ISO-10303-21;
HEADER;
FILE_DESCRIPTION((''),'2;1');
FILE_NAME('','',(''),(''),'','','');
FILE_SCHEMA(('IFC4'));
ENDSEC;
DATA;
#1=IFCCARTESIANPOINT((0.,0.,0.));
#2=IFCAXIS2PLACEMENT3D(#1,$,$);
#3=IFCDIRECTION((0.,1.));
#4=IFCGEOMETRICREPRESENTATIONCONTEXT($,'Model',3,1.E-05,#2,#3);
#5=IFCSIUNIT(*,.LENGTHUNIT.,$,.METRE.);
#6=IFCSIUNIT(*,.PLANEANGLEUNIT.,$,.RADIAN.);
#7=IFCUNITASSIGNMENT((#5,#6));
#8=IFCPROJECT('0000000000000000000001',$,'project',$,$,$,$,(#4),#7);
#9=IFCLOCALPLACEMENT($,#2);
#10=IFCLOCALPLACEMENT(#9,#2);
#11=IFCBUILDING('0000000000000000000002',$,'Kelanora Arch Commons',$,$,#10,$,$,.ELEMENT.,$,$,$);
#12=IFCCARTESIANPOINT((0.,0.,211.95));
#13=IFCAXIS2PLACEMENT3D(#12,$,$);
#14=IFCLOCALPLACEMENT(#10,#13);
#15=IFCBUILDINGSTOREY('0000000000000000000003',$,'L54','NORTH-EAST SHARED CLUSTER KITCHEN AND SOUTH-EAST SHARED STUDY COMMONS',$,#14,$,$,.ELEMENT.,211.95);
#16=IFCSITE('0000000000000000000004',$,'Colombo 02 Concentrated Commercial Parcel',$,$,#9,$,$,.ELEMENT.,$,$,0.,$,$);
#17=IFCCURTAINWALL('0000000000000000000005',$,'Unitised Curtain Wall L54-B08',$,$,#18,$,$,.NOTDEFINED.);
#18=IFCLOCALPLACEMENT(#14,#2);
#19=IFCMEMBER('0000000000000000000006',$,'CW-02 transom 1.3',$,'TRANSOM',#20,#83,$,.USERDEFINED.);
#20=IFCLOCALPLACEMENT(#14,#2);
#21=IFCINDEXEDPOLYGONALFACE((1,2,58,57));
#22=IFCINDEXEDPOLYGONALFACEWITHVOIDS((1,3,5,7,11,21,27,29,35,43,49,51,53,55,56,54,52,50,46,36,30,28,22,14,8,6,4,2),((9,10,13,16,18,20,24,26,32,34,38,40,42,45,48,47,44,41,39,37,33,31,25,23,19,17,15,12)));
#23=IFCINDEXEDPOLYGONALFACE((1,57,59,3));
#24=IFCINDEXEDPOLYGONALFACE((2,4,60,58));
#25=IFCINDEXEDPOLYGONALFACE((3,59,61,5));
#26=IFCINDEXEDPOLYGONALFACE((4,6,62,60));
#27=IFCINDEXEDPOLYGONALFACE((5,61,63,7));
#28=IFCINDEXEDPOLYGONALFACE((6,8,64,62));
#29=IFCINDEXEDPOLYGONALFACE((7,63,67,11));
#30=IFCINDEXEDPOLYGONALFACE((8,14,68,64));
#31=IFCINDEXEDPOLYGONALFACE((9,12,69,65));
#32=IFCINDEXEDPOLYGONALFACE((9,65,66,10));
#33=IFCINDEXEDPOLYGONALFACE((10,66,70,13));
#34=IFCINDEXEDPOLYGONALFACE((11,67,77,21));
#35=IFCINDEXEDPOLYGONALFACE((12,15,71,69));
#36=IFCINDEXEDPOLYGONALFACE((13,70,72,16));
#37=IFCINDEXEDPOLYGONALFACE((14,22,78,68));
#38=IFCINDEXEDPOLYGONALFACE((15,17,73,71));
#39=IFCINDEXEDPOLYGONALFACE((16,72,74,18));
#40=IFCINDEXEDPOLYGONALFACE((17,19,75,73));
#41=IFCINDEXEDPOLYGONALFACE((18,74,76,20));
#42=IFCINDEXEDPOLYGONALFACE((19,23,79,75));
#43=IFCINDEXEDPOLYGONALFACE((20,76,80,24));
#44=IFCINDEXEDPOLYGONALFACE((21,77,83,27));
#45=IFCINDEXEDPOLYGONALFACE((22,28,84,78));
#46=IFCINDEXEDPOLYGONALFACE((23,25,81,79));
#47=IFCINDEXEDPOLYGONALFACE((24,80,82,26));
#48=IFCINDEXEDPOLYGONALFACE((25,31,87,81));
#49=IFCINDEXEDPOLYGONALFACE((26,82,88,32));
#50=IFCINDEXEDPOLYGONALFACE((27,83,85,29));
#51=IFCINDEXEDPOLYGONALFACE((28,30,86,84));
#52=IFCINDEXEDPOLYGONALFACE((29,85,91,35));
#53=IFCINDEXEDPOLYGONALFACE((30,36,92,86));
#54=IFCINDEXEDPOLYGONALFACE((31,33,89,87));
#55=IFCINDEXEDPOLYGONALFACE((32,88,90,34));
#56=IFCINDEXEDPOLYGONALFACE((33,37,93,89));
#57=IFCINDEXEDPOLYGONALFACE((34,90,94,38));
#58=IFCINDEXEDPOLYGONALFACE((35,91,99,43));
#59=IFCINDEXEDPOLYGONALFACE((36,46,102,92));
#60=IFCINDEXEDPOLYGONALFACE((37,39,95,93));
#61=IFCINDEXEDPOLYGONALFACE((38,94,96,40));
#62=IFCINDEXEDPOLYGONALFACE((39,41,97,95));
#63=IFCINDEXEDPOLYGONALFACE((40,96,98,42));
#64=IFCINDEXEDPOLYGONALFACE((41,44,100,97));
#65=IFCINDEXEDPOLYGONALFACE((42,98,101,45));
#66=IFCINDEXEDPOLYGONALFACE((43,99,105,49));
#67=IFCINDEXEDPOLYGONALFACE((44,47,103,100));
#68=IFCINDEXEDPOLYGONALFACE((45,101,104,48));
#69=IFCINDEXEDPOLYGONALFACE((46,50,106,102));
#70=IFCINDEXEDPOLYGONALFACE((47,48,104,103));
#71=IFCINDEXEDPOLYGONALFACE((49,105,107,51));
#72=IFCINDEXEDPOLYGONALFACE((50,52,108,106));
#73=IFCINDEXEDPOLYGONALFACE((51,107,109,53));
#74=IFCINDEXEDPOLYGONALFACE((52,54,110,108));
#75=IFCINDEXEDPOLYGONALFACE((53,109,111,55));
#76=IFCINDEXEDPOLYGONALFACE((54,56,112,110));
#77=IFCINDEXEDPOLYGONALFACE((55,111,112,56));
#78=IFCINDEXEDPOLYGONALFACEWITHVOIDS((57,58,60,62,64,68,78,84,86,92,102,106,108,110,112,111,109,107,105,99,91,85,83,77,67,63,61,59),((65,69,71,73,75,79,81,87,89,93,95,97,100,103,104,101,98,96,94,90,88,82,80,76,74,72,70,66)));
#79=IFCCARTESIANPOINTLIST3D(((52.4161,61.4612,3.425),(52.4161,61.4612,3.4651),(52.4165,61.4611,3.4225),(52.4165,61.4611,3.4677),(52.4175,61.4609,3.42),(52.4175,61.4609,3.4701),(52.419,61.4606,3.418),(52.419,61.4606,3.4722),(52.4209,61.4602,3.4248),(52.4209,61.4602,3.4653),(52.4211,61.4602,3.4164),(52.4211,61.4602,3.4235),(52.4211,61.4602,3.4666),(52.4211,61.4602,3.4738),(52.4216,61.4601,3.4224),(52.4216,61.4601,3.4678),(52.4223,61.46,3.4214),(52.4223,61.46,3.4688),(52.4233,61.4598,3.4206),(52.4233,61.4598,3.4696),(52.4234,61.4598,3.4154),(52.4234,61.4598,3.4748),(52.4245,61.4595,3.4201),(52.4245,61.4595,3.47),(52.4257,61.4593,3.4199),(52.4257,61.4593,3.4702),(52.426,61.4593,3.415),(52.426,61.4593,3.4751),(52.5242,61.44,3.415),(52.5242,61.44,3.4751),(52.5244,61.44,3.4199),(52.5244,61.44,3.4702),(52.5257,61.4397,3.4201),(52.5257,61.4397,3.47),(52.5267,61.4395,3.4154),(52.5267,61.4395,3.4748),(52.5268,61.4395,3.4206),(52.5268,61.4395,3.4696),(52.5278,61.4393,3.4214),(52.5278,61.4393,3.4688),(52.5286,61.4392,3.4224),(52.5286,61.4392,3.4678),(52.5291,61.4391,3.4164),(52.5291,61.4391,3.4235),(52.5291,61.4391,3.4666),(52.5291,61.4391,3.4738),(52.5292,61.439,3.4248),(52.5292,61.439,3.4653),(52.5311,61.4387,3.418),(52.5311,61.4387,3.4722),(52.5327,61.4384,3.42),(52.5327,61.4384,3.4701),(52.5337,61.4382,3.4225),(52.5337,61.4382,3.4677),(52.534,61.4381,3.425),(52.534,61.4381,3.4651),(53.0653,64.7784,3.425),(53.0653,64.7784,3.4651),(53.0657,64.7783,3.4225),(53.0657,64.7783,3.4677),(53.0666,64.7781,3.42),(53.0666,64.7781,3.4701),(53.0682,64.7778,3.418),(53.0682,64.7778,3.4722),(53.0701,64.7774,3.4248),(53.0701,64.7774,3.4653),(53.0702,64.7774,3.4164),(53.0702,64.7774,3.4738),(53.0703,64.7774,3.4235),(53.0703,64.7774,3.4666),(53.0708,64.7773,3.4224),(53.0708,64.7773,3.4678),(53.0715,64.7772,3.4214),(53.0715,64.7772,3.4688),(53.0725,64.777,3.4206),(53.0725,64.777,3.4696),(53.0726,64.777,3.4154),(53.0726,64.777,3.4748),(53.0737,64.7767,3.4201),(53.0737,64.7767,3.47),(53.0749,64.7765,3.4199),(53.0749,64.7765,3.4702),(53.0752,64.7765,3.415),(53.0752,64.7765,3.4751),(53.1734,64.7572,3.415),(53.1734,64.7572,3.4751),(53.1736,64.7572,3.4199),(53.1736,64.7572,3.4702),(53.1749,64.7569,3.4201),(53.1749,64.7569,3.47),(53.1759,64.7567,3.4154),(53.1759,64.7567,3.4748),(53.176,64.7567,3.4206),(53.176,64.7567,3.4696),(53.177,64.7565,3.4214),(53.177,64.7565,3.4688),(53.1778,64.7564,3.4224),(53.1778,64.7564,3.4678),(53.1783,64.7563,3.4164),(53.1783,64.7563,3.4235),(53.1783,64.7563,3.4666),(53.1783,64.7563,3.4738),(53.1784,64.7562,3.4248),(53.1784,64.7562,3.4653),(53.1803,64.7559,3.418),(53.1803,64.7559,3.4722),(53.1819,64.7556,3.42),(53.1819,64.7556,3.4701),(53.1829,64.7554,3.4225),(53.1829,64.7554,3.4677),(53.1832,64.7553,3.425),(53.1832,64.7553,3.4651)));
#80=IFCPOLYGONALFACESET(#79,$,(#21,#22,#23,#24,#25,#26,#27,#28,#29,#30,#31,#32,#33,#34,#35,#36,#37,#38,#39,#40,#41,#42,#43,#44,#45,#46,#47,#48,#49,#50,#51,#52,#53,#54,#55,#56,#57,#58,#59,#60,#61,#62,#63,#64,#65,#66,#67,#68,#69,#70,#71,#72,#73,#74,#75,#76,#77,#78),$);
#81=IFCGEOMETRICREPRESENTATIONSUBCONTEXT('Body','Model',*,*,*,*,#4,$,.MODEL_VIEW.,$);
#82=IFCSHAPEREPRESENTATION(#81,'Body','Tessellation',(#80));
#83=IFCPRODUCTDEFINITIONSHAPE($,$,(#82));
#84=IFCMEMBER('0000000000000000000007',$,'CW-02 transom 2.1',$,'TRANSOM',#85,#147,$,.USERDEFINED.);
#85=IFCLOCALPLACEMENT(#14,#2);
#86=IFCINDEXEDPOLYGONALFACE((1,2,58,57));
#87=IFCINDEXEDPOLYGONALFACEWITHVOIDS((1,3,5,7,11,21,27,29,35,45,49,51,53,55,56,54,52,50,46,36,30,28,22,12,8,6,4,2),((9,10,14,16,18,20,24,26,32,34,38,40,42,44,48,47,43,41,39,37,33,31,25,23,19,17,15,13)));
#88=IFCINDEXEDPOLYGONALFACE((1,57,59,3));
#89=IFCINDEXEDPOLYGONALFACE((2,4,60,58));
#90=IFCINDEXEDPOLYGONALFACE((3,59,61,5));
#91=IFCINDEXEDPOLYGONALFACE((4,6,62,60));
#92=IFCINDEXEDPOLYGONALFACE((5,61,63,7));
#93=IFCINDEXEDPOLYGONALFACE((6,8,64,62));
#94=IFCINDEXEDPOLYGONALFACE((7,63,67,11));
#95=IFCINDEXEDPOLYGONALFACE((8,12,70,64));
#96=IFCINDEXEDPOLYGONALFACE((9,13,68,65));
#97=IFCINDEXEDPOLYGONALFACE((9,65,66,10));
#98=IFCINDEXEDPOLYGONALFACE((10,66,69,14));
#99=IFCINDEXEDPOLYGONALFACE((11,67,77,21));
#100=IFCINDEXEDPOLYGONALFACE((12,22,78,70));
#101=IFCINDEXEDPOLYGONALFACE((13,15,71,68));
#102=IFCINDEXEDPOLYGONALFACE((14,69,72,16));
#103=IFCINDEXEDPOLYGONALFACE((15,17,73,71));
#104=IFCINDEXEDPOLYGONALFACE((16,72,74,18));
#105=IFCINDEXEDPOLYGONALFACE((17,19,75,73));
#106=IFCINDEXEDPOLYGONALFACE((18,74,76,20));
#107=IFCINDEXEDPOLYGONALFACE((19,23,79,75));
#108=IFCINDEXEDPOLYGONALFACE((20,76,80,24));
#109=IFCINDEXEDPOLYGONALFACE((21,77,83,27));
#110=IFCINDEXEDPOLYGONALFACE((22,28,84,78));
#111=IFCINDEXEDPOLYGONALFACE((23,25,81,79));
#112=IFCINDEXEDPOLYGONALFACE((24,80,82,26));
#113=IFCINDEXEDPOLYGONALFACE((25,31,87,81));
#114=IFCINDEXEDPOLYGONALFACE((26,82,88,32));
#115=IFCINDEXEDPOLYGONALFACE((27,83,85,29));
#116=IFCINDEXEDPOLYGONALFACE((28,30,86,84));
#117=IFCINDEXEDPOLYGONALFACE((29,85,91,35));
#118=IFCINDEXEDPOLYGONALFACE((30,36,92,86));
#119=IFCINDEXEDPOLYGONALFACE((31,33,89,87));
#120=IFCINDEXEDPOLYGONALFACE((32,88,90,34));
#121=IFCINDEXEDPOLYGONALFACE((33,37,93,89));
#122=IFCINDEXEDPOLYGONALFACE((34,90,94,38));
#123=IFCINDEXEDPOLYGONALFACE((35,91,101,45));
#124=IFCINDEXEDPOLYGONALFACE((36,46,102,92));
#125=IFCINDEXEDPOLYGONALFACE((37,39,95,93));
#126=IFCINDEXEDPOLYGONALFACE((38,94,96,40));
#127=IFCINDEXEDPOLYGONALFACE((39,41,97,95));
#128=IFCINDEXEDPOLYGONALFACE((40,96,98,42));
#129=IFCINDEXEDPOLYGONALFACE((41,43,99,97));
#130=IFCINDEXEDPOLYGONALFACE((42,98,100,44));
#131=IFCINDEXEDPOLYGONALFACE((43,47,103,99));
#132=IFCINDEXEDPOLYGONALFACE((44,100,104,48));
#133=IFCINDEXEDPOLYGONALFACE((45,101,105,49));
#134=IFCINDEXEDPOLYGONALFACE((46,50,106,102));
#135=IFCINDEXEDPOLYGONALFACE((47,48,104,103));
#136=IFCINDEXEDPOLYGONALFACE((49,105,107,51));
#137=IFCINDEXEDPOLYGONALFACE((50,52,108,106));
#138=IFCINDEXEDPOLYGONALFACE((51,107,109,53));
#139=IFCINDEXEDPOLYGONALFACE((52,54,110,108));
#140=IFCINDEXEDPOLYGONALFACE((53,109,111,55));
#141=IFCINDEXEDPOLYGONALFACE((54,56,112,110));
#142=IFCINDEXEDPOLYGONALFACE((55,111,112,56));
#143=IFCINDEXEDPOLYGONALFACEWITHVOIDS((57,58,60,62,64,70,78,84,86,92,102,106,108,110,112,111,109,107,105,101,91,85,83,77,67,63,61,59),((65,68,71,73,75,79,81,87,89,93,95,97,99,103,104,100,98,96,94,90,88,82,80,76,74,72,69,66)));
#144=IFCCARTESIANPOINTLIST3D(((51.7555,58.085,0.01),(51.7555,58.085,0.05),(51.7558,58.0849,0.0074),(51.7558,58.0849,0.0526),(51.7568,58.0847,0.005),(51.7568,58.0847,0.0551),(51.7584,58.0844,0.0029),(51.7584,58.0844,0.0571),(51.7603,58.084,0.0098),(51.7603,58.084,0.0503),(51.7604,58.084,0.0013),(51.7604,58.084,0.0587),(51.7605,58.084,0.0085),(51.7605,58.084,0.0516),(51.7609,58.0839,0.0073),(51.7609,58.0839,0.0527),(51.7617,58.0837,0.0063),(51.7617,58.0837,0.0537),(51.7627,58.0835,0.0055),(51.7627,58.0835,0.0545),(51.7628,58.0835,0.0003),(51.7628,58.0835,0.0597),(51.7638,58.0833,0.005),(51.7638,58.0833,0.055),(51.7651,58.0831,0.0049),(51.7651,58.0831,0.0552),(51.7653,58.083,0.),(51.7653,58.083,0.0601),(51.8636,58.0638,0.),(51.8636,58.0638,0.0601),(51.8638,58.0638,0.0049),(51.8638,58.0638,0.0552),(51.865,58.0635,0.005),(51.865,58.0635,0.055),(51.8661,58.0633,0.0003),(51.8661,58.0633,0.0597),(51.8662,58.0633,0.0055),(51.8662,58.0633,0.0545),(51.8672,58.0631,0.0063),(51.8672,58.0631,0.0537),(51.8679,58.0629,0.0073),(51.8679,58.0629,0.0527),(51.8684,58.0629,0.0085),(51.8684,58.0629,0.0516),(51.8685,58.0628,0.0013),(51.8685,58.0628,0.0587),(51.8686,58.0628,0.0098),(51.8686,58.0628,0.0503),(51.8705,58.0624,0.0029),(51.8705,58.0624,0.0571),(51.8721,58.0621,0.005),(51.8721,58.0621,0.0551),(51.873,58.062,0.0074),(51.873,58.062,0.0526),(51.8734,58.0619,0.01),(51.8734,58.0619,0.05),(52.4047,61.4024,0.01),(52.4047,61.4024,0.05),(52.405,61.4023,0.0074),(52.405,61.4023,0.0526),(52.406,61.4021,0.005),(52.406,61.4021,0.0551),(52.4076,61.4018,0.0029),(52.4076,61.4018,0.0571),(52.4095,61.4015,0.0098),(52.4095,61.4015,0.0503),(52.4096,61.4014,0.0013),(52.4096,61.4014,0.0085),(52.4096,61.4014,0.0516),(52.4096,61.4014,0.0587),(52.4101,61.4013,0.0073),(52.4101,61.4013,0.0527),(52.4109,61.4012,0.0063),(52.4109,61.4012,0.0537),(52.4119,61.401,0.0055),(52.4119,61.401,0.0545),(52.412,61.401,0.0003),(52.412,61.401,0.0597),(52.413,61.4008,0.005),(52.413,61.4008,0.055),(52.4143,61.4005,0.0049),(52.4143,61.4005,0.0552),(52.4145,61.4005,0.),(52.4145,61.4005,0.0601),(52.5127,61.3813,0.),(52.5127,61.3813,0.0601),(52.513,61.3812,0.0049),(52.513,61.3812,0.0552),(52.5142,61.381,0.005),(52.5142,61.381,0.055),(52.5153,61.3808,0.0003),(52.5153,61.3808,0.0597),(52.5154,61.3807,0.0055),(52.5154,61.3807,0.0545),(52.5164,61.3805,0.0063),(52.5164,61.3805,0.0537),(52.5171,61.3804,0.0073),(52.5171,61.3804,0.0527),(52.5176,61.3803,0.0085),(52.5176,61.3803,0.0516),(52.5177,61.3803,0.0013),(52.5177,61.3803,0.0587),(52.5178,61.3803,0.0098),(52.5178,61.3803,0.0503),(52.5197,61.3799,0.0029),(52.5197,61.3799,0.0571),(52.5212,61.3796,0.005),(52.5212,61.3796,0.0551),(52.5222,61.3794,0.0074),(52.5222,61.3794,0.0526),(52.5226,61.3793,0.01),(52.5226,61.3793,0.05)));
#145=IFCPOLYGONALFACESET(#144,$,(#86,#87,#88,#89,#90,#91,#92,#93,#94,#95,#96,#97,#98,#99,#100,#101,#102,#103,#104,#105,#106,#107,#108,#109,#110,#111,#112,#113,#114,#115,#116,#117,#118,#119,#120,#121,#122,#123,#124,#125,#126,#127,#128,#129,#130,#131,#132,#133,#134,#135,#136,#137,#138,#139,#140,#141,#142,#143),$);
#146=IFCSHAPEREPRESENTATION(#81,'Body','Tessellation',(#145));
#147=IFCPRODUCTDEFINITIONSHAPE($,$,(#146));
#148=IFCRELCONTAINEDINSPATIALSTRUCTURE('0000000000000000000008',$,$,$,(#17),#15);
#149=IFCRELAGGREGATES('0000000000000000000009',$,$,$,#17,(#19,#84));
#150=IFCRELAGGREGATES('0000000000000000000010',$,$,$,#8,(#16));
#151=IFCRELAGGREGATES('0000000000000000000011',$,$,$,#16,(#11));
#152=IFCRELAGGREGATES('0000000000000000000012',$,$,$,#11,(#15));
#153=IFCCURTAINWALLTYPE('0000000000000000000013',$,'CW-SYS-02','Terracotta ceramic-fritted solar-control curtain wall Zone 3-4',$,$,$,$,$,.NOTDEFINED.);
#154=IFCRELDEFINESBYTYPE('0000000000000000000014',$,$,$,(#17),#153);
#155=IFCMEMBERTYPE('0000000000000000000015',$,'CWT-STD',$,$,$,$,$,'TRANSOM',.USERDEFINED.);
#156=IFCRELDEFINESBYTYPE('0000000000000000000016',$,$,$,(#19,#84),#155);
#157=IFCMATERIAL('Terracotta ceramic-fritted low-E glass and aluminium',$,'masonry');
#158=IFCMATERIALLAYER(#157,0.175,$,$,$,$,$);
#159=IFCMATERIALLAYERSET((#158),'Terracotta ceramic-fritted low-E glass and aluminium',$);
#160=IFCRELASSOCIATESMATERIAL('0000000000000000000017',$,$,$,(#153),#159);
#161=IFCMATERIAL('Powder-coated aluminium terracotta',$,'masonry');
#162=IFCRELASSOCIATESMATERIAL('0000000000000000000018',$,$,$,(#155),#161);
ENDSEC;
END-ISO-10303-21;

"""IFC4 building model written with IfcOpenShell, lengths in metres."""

from ifc_helpers import new_model, si_unit, direction, frame, origin, origin_2d, place, context, subcontext, project, spatial, hollow_rectangle, extrude, material, layer, layer_set, material_profile, profile_set, type_object, element, aggregate, save


model = new_model("IFC4")

# Units and contexts
model_context = context("Model", 3, precision=1e-05, world=origin(), true_north=direction((0.0, 1.0)))
body_context = subcontext(model_context, "Body", "Model", "MODEL_VIEW")
ifc_project = project(units=[si_unit("LENGTHUNIT", "METRE"), si_unit("PLANEANGLEUNIT", "RADIAN")], contexts=[model_context])

# Site, building, storey
site_placement = place(None, origin())
site = spatial("IfcSite", under=ifc_project, at=site_placement, Name="Colombo 02 Concentrated Commercial Parcel", CompositionType="ELEMENT", RefElevation=0.0)
building_placement = place(site_placement, origin())
building = spatial("IfcBuilding", under=site, at=building_placement, Name="Kelanora Arch Commons", CompositionType="ELEMENT")
storey_placement = place(building_placement, frame((0.0, 0.0, 211.95)))
storey = spatial("IfcBuildingStorey", under=building, at=storey_placement, Name="L54", Description="NORTH-EAST SHARED CLUSTER KITCHEN AND SOUTH-EAST SHARED STUDY COMMONS", CompositionType="ELEMENT", Elevation=211.95)

# Curtain wall, members
ifc_material_1 = material(Name="Terracotta ceramic-fritted low-E glass and aluminium", Category="masonry")
ifc_layer_1 = layer(ifc_material_1, 0.175)
ifc_layer_set_1 = layer_set([ifc_layer_1], Name="Terracotta ceramic-fritted low-E glass and aluminium")
curtain_wall_type = type_object("IfcCurtainWallType", Name="CW-SYS-02", Description="Terracotta ceramic-fritted solar-control curtain wall Zone 3-4", PredefinedType="NOTDEFINED", material=ifc_layer_set_1)
curtain_wall_placement = place(storey_placement, origin())
curtain_wall = element("IfcCurtainWall", 1, at=curtain_wall_placement, inside=storey, type_object=curtain_wall_type, Name="Unitised Curtain Wall L54-B08", PredefinedType="NOTDEFINED")
ifc_material_2 = material(Name="Powder-coated aluminium terracotta", Category="masonry")
ifc_material_profile_1 = material_profile(ifc_material_2, hollow_rectangle(XDim=0.1201, YDim=0.0601, WallThickness=0.0049, InnerFilletRadius=0.0049, OuterFilletRadius=0.01, at=origin_2d()), Name="CWT120x60")
ifc_profile_set_1 = profile_set([ifc_material_profile_1], Name="Powder-coated aluminium terracotta")
member_type_1 = type_object("IfcMemberType", Name="CWT-STD", ElementType="TRANSOM", PredefinedType="USERDEFINED", material=ifc_profile_set_1)
member_1_placement = place(storey_placement, frame((53.1243, 64.7668, 3.4451), z_axis=(-0.192058, -0.981383, 0.0), x_axis=(0.981383, -0.192058, 0.0)))
member_1 = element("IfcMember", 2, at=member_1_placement, type_object=member_type_1, Name="CW-02 transom 1.3", ObjectType="TRANSOM", PredefinedType="USERDEFINED", context=body_context, shape_type="SweptSolid", body=[
    extrude(hollow_rectangle(XDim=0.1201, YDim=0.0601, WallThickness=0.0049, InnerFilletRadius=0.0049, OuterFilletRadius=0.01, at=origin_2d()), origin(), (0.0, 0.0, 1.0), 3.3801),
])
member_2_placement = place(storey_placement, frame((52.4636, 61.3909, 0.03), z_axis=(-0.192045, -0.981386, 0.0), x_axis=(0.981386, -0.192045, 0.0)))
member_2 = element("IfcMember", 3, at=member_2_placement, type_object=member_type_1, Name="CW-02 transom 2.1", ObjectType="TRANSOM", PredefinedType="USERDEFINED", context=body_context, shape_type="SweptSolid", body=[
    extrude(hollow_rectangle(XDim=0.1201, YDim=0.0601, WallThickness=0.0049, InnerFilletRadius=0.0049, OuterFilletRadius=0.01, at=origin_2d()), origin(), (0.0, 0.0, 1.0), 3.3804),
])
aggregate(curtain_wall, [member_1, member_2])

save(model, "model.ifc")
